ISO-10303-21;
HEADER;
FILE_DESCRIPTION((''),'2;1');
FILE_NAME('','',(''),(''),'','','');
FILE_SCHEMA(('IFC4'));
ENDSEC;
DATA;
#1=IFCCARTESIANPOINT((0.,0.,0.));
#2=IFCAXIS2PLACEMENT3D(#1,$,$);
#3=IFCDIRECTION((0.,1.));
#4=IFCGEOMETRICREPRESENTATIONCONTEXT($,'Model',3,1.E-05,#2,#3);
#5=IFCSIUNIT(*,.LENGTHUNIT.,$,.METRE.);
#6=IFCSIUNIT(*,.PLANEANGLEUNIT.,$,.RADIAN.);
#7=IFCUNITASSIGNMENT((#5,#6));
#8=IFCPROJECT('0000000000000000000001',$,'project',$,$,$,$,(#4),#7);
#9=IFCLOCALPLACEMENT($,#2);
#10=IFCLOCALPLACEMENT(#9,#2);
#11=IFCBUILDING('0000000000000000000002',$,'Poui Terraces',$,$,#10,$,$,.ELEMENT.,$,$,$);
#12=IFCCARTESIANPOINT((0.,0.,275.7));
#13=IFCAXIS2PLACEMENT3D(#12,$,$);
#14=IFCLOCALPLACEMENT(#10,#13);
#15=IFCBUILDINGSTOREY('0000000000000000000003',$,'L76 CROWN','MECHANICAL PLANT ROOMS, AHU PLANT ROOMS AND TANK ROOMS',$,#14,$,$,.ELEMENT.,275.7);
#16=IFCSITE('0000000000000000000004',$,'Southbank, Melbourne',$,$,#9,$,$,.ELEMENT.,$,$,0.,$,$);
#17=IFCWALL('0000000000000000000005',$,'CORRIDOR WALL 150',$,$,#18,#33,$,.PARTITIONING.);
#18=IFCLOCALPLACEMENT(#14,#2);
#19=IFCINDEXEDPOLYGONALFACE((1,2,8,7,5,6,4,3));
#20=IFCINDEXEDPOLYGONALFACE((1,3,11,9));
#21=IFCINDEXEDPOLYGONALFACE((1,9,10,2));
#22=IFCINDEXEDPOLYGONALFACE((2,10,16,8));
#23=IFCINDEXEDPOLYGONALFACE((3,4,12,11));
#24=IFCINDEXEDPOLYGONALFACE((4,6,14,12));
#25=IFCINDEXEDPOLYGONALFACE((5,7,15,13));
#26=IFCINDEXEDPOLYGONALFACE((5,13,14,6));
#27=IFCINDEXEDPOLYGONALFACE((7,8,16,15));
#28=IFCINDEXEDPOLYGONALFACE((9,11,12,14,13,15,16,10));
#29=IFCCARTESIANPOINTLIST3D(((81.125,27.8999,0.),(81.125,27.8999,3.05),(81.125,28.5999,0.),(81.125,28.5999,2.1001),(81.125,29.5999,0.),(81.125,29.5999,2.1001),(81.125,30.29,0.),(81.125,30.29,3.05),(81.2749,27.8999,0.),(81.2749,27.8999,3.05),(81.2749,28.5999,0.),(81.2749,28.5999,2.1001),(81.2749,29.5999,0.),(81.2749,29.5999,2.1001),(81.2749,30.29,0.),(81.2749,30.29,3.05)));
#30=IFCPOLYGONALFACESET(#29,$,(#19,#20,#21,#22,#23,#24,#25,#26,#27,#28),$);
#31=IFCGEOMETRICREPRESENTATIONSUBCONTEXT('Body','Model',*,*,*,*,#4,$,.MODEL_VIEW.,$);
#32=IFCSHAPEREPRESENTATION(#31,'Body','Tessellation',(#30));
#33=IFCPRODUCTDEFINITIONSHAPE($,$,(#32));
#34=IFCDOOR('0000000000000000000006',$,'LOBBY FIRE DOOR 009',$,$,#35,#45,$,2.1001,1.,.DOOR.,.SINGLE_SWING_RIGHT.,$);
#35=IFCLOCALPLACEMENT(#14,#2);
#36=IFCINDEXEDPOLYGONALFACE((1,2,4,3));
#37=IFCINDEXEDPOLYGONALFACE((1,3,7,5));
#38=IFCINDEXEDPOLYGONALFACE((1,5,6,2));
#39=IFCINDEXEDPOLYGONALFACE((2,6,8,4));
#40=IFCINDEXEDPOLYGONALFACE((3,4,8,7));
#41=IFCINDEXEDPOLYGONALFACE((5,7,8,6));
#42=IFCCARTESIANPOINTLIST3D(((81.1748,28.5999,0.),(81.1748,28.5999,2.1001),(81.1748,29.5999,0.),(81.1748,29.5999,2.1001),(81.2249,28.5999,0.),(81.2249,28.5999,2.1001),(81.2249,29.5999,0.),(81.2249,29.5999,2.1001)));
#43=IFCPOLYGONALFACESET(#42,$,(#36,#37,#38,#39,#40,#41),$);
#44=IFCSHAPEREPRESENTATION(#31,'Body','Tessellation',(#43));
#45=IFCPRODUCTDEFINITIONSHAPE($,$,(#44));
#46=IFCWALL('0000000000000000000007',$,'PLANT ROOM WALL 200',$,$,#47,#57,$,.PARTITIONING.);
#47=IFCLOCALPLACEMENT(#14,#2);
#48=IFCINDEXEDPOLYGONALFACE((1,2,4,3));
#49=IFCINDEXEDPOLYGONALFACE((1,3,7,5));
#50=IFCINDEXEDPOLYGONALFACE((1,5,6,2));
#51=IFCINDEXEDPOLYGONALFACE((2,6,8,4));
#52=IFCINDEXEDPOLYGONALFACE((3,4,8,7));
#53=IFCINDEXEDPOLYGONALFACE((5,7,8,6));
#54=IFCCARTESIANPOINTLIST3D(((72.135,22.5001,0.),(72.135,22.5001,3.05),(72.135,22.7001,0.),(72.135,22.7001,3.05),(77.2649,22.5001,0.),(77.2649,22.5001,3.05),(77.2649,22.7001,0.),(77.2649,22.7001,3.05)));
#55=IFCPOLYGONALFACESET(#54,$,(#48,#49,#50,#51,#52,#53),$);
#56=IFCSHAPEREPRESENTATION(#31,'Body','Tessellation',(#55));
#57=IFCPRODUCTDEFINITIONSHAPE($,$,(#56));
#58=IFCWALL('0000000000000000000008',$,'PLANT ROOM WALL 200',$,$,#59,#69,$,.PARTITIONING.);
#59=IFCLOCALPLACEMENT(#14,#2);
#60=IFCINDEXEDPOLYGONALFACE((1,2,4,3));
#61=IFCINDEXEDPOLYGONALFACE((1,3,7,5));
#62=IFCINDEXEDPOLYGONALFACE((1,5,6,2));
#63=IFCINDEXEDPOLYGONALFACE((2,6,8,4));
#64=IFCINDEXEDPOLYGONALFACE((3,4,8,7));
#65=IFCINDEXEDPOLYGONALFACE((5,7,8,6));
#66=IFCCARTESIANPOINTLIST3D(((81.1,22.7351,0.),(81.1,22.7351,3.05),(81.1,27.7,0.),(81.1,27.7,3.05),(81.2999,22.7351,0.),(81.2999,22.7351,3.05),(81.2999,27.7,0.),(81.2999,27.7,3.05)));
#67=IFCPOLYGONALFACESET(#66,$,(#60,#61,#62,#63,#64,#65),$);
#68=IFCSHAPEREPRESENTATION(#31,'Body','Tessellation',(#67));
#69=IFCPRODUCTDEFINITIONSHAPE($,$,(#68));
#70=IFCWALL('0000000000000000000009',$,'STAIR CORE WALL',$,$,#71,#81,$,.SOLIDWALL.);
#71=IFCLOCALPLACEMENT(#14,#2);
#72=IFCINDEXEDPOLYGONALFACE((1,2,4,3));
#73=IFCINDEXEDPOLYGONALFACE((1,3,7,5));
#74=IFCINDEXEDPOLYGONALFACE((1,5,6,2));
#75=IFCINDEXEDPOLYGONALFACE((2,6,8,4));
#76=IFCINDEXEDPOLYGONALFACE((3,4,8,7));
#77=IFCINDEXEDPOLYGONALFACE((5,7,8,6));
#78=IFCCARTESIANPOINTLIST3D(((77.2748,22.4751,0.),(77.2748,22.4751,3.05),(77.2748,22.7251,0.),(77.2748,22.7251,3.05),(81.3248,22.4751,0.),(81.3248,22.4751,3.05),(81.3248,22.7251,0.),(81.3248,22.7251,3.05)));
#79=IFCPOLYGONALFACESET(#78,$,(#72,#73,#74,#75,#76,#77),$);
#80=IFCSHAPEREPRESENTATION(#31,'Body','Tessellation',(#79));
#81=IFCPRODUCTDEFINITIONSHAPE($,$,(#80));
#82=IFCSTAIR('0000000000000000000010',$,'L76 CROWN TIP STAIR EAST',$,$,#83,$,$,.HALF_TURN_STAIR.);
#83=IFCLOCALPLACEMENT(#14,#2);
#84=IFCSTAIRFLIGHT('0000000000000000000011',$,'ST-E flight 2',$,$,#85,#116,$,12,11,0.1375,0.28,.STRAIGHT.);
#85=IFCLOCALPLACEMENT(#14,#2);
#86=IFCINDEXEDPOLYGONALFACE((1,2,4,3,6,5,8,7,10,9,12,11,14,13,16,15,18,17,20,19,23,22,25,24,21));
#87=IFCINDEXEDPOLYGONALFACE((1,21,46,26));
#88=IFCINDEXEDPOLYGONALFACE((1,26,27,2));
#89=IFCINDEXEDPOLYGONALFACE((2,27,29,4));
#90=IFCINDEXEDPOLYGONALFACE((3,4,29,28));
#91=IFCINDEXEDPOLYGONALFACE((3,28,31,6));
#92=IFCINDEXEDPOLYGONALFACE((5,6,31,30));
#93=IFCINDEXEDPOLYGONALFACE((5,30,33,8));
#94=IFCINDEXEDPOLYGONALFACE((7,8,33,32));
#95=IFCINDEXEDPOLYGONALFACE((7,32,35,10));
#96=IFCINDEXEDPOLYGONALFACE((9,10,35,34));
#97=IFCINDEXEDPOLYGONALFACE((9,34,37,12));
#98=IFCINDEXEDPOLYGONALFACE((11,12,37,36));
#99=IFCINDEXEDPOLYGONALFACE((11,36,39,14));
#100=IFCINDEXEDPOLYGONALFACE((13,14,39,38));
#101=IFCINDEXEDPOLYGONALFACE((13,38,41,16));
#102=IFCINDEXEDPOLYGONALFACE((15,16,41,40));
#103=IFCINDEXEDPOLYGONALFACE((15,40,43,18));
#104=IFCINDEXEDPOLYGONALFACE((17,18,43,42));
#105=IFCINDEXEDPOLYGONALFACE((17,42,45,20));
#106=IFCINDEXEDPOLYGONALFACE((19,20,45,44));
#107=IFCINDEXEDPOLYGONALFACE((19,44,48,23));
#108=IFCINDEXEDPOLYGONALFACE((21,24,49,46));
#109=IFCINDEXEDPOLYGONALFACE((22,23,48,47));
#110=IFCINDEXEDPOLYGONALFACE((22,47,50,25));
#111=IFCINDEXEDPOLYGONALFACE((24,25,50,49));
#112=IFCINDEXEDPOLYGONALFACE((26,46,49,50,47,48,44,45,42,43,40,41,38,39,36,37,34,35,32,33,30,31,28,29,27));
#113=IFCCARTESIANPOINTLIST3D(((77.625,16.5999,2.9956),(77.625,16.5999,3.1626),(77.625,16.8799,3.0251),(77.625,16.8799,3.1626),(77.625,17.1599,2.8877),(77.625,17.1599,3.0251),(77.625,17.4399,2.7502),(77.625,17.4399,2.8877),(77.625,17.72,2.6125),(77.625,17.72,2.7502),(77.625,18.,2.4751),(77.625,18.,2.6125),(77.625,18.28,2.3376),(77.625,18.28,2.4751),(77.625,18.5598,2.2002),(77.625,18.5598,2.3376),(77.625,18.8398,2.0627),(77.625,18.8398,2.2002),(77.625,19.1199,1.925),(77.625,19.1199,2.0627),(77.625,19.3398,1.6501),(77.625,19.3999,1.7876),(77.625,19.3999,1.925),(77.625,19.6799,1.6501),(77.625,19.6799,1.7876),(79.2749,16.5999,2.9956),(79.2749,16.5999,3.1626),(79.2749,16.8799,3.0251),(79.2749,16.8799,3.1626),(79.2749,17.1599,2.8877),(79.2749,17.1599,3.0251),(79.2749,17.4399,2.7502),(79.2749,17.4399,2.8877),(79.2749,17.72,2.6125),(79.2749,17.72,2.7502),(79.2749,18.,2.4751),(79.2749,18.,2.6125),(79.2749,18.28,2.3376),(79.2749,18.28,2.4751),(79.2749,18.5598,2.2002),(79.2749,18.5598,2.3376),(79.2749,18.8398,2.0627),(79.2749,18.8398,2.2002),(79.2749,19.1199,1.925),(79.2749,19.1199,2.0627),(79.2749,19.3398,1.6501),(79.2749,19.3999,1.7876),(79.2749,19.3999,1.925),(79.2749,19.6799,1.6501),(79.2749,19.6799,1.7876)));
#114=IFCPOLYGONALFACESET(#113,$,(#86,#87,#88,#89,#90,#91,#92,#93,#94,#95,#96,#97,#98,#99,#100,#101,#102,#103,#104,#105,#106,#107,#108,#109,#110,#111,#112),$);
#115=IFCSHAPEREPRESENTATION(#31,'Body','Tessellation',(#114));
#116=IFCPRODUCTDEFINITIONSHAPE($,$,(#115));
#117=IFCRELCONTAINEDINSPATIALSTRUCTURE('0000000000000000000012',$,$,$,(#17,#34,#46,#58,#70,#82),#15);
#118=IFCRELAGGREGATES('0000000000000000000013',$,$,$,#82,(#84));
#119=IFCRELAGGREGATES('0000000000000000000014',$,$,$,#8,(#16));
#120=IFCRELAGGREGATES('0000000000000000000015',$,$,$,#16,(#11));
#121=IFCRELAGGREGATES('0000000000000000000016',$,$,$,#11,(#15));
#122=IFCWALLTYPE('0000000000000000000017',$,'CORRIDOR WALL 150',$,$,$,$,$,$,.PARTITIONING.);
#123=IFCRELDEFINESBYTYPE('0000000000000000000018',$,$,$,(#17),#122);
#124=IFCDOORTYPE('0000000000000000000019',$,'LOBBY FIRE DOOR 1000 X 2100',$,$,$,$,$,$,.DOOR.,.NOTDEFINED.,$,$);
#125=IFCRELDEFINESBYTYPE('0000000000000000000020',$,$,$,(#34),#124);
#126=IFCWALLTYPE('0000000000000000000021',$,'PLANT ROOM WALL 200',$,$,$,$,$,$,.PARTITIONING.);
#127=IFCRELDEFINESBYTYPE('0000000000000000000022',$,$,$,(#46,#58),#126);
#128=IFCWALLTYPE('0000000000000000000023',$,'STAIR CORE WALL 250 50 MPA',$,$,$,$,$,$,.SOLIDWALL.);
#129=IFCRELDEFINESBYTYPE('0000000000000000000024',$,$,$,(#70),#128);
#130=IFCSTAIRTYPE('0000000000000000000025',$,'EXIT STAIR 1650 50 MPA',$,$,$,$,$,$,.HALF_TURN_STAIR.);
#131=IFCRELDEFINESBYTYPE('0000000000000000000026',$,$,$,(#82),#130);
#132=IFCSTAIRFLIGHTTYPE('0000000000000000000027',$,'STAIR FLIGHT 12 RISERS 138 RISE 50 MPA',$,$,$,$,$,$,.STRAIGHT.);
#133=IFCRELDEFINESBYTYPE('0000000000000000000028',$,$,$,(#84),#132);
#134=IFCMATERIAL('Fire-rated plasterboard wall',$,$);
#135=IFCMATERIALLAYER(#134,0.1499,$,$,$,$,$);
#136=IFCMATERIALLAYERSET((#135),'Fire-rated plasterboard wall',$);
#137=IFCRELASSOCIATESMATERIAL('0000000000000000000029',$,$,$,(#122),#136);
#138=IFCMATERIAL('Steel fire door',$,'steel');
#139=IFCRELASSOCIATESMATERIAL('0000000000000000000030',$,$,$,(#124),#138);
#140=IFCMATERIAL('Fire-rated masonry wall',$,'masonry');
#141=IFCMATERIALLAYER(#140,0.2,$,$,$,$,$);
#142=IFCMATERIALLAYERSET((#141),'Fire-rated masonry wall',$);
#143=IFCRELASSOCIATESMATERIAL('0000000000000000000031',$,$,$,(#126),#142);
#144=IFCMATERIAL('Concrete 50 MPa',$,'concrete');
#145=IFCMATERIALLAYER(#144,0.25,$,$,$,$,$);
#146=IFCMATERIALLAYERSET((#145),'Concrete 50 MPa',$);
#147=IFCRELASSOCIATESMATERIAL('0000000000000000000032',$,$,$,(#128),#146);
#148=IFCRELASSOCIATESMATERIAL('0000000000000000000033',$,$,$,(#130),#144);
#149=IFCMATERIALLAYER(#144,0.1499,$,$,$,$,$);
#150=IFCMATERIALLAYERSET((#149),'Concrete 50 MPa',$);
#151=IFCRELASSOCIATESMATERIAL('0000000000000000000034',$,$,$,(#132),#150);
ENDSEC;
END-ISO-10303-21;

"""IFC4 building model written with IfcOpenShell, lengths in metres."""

from ifc_helpers import new_model, si_unit, direction, frame, frame_2d, origin, place, context, subcontext, project, spatial, polyline, rectangle, outline, extrude, material, layer, layer_set, type_object, element, fill, aggregate, save


model = new_model("IFC4")

# Units and contexts
model_context = context("Model", 3, precision=1e-05, world=origin(), true_north=direction((0.0, 1.0)))
body_context = subcontext(model_context, "Body", "Model", "MODEL_VIEW")
ifc_project = project(units=[si_unit("LENGTHUNIT", "METRE"), si_unit("PLANEANGLEUNIT", "RADIAN")], contexts=[model_context])

# Site, building, storey
site_placement = place(None, origin())
site = spatial("IfcSite", under=ifc_project, at=site_placement, Name="Southbank, Melbourne", CompositionType="ELEMENT", RefElevation=0.0)
building_placement = place(site_placement, origin())
building = spatial("IfcBuilding", under=site, at=building_placement, Name="Poui Terraces", CompositionType="ELEMENT")
storey_placement = place(building_placement, frame((0.0, 0.0, 275.7)))
storey = spatial("IfcBuildingStorey", under=building, at=storey_placement, Name="L76 CROWN", Description="MECHANICAL PLANT ROOMS, AHU PLANT ROOMS AND TANK ROOMS", CompositionType="ELEMENT", Elevation=275.7)

# Wall, opening, door
ifc_material_1 = material(Name="Fire-rated plasterboard wall")
ifc_layer_1 = layer(ifc_material_1, 0.1499)
ifc_layer_set_1 = layer_set([ifc_layer_1], Name="Fire-rated plasterboard wall")
wall_type_1 = type_object("IfcWallType", Name="CORRIDOR WALL 150", PredefinedType="PARTITIONING", material=ifc_layer_set_1)
wall_1_placement = place(storey_placement, frame((81.2, 27.8999, 0.0), z_axis=(0.0, 0.0, 1.0), x_axis=(0.0, 1.0, 0.0)))
wall_1 = element("IfcWall", 1, at=wall_1_placement, inside=storey, type_object=wall_type_1, Name="CORRIDOR WALL 150", PredefinedType="PARTITIONING", context=body_context, shape_type="SweptSolid", body=[
    extrude(rectangle(XDim=2.3901, YDim=0.1499, at=frame_2d((1.1951, 0.0))), origin(), (0.0, 0.0, 1.0), 3.05),
])
opening_placement = place(wall_1_placement, frame((0.7, 0.0, 0.0)))
opening = element("IfcOpeningElement", 2, at=opening_placement, cuts=wall_1, PredefinedType="OPENING", context=body_context, shape_type="SweptSolid", body=[
    extrude(rectangle(XDim=1.0, YDim=2.1001, at=frame_2d((0.5, 1.05))), frame((0.0, 0.085, 0.0), z_axis=(0.0, -1.0, 0.0), x_axis=(1.0, 0.0, 0.0)), (0.0, 0.0, 1.0), 0.1699),
])
ifc_material_2 = material(Name="Steel fire door", Category="steel")
door_type = type_object("IfcDoorType", Name="LOBBY FIRE DOOR 1000 X 2100", OperationType="NOTDEFINED", PredefinedType="DOOR", material=ifc_material_2)
door_placement = place(opening_placement, frame((1.0, 0.0, 0.0), z_axis=(0.0, 0.0, 1.0), x_axis=(-1.0, 0.0, 0.0)))
door = element("IfcDoor", 3, at=door_placement, inside=storey, type_object=door_type, Name="LOBBY FIRE DOOR 009", OperationType="SINGLE_SWING_RIGHT", OverallHeight=2.1001, OverallWidth=1.0, PredefinedType="DOOR", context=body_context, shape_type="SweptSolid", body=[
    extrude(rectangle(XDim=1.0, YDim=2.1001, at=frame_2d((0.5, 1.05))), frame((0.0, 0.0249, 0.0), z_axis=(0.0, -1.0, 0.0), x_axis=(1.0, 0.0, 0.0)), (0.0, 0.0, 1.0), 0.05),
])
fill(opening, door)

# Walls
ifc_material_3 = material(Name="Fire-rated masonry wall", Category="masonry")
ifc_layer_2 = layer(ifc_material_3, 0.2)
ifc_layer_set_2 = layer_set([ifc_layer_2], Name="Fire-rated masonry wall")
wall_type_2 = type_object("IfcWallType", Name="PLANT ROOM WALL 200", PredefinedType="PARTITIONING", material=ifc_layer_set_2)
wall_2_placement = place(storey_placement, frame((72.135, 22.6001, 0.0), z_axis=(0.0, 0.0, 1.0), x_axis=(1.0, 0.0, 0.0)))
element("IfcWall", 4, at=wall_2_placement, inside=storey, type_object=wall_type_2, Name="PLANT ROOM WALL 200", PredefinedType="PARTITIONING", context=body_context, shape_type="SweptSolid", body=[
    extrude(rectangle(XDim=5.1299, YDim=0.2, at=frame_2d((2.5649, 0.0))), origin(), (0.0, 0.0, 1.0), 3.05),
])
wall_3_placement = place(storey_placement, frame((81.2, 22.7351, 0.0), z_axis=(0.0, 0.0, 1.0), x_axis=(0.0, 1.0, 0.0)))
element("IfcWall", 5, at=wall_3_placement, inside=storey, type_object=wall_type_2, Name="PLANT ROOM WALL 200", PredefinedType="PARTITIONING", context=body_context, shape_type="SweptSolid", body=[
    extrude(rectangle(XDim=4.9648, YDim=0.2, at=frame_2d((2.4824, 0.0))), origin(), (0.0, 0.0, 1.0), 3.05),
])
ifc_material_4 = material(Name="Concrete 50 MPa", Category="concrete")
ifc_layer_3 = layer(ifc_material_4, 0.25)
ifc_layer_set_3 = layer_set([ifc_layer_3], Name="Concrete 50 MPa")
wall_type_3 = type_object("IfcWallType", Name="STAIR CORE WALL 250 50 MPA", PredefinedType="SOLIDWALL", material=ifc_layer_set_3)
wall_4_placement = place(storey_placement, frame((77.2749, 22.6001, 0.0), z_axis=(0.0, 0.0, 1.0), x_axis=(1.0, 0.0, 0.0)))
element("IfcWall", 6, at=wall_4_placement, inside=storey, type_object=wall_type_3, Name="STAIR CORE WALL", PredefinedType="SOLIDWALL", context=body_context, shape_type="SweptSolid", body=[
    extrude(rectangle(XDim=4.05, YDim=0.25, at=frame_2d((2.0249, 0.0))), origin(), (0.0, 0.0, 1.0), 3.05),
])

# Stair, stair flight
stair_type = type_object("IfcStairType", Name="EXIT STAIR 1650 50 MPA", PredefinedType="HALF_TURN_STAIR", material=ifc_material_4)
stair_placement = place(storey_placement, origin())
stair = element("IfcStair", 7, at=stair_placement, inside=storey, type_object=stair_type, Name="L76 CROWN TIP STAIR EAST", PredefinedType="HALF_TURN_STAIR")
ifc_layer_4 = layer(ifc_material_4, 0.1499)
ifc_layer_set_4 = layer_set([ifc_layer_4], Name="Concrete 50 MPa")
stair_flight_type = type_object("IfcStairFlightType", Name="STAIR FLIGHT 12 RISERS 138 RISE 50 MPA", PredefinedType="STRAIGHT", material=ifc_layer_set_4)
stair_flight_placement = place(storey_placement, frame((78.45, 19.6799, 1.6501), z_axis=(0.0, 0.0, 1.0), x_axis=(0.0, -1.0, 0.0)))
stair_flight = element("IfcStairFlight", 8, at=stair_flight_placement, type_object=stair_flight_type, Name="ST-E flight 2", NumberOfRisers=12, NumberOfTreads=11, PredefinedType="STRAIGHT", RiserHeight=0.1375, TreadLength=0.28, context=body_context, shape_type="SweptSolid", body=[
    extrude(outline(polyline([(0.0, 0.0), (0.0, 0.1375), (0.28, 0.1375), (0.28, 0.2749), (0.5601, 0.2749), (0.5601, 0.4126), (0.8401, 0.4126), (0.8401, 0.55), (1.1201, 0.55), (1.1201, 0.6875), (1.3999, 0.6875), (1.3999, 0.825), (1.6799, 0.825), (1.6799, 0.9624), (1.96, 0.9624), (1.96, 1.1001), (2.24, 1.1001), (2.24, 1.2375), (2.52, 1.2375), (2.52, 1.375), (2.8, 1.375), (2.8, 1.5125), (3.0801, 1.5125), (3.0801, 1.6499), (3.0801, 1.3455), (0.3401, 0.0), (0.0, 0.0)])), frame((0.0, 0.825, 0.0), z_axis=(0.0, -1.0, 0.0), x_axis=(1.0, 0.0, 0.0)), (0.0, 0.0, 1.0), 1.6499),
])
aggregate(stair, [stair_flight])

save(model, "model.ifc")
